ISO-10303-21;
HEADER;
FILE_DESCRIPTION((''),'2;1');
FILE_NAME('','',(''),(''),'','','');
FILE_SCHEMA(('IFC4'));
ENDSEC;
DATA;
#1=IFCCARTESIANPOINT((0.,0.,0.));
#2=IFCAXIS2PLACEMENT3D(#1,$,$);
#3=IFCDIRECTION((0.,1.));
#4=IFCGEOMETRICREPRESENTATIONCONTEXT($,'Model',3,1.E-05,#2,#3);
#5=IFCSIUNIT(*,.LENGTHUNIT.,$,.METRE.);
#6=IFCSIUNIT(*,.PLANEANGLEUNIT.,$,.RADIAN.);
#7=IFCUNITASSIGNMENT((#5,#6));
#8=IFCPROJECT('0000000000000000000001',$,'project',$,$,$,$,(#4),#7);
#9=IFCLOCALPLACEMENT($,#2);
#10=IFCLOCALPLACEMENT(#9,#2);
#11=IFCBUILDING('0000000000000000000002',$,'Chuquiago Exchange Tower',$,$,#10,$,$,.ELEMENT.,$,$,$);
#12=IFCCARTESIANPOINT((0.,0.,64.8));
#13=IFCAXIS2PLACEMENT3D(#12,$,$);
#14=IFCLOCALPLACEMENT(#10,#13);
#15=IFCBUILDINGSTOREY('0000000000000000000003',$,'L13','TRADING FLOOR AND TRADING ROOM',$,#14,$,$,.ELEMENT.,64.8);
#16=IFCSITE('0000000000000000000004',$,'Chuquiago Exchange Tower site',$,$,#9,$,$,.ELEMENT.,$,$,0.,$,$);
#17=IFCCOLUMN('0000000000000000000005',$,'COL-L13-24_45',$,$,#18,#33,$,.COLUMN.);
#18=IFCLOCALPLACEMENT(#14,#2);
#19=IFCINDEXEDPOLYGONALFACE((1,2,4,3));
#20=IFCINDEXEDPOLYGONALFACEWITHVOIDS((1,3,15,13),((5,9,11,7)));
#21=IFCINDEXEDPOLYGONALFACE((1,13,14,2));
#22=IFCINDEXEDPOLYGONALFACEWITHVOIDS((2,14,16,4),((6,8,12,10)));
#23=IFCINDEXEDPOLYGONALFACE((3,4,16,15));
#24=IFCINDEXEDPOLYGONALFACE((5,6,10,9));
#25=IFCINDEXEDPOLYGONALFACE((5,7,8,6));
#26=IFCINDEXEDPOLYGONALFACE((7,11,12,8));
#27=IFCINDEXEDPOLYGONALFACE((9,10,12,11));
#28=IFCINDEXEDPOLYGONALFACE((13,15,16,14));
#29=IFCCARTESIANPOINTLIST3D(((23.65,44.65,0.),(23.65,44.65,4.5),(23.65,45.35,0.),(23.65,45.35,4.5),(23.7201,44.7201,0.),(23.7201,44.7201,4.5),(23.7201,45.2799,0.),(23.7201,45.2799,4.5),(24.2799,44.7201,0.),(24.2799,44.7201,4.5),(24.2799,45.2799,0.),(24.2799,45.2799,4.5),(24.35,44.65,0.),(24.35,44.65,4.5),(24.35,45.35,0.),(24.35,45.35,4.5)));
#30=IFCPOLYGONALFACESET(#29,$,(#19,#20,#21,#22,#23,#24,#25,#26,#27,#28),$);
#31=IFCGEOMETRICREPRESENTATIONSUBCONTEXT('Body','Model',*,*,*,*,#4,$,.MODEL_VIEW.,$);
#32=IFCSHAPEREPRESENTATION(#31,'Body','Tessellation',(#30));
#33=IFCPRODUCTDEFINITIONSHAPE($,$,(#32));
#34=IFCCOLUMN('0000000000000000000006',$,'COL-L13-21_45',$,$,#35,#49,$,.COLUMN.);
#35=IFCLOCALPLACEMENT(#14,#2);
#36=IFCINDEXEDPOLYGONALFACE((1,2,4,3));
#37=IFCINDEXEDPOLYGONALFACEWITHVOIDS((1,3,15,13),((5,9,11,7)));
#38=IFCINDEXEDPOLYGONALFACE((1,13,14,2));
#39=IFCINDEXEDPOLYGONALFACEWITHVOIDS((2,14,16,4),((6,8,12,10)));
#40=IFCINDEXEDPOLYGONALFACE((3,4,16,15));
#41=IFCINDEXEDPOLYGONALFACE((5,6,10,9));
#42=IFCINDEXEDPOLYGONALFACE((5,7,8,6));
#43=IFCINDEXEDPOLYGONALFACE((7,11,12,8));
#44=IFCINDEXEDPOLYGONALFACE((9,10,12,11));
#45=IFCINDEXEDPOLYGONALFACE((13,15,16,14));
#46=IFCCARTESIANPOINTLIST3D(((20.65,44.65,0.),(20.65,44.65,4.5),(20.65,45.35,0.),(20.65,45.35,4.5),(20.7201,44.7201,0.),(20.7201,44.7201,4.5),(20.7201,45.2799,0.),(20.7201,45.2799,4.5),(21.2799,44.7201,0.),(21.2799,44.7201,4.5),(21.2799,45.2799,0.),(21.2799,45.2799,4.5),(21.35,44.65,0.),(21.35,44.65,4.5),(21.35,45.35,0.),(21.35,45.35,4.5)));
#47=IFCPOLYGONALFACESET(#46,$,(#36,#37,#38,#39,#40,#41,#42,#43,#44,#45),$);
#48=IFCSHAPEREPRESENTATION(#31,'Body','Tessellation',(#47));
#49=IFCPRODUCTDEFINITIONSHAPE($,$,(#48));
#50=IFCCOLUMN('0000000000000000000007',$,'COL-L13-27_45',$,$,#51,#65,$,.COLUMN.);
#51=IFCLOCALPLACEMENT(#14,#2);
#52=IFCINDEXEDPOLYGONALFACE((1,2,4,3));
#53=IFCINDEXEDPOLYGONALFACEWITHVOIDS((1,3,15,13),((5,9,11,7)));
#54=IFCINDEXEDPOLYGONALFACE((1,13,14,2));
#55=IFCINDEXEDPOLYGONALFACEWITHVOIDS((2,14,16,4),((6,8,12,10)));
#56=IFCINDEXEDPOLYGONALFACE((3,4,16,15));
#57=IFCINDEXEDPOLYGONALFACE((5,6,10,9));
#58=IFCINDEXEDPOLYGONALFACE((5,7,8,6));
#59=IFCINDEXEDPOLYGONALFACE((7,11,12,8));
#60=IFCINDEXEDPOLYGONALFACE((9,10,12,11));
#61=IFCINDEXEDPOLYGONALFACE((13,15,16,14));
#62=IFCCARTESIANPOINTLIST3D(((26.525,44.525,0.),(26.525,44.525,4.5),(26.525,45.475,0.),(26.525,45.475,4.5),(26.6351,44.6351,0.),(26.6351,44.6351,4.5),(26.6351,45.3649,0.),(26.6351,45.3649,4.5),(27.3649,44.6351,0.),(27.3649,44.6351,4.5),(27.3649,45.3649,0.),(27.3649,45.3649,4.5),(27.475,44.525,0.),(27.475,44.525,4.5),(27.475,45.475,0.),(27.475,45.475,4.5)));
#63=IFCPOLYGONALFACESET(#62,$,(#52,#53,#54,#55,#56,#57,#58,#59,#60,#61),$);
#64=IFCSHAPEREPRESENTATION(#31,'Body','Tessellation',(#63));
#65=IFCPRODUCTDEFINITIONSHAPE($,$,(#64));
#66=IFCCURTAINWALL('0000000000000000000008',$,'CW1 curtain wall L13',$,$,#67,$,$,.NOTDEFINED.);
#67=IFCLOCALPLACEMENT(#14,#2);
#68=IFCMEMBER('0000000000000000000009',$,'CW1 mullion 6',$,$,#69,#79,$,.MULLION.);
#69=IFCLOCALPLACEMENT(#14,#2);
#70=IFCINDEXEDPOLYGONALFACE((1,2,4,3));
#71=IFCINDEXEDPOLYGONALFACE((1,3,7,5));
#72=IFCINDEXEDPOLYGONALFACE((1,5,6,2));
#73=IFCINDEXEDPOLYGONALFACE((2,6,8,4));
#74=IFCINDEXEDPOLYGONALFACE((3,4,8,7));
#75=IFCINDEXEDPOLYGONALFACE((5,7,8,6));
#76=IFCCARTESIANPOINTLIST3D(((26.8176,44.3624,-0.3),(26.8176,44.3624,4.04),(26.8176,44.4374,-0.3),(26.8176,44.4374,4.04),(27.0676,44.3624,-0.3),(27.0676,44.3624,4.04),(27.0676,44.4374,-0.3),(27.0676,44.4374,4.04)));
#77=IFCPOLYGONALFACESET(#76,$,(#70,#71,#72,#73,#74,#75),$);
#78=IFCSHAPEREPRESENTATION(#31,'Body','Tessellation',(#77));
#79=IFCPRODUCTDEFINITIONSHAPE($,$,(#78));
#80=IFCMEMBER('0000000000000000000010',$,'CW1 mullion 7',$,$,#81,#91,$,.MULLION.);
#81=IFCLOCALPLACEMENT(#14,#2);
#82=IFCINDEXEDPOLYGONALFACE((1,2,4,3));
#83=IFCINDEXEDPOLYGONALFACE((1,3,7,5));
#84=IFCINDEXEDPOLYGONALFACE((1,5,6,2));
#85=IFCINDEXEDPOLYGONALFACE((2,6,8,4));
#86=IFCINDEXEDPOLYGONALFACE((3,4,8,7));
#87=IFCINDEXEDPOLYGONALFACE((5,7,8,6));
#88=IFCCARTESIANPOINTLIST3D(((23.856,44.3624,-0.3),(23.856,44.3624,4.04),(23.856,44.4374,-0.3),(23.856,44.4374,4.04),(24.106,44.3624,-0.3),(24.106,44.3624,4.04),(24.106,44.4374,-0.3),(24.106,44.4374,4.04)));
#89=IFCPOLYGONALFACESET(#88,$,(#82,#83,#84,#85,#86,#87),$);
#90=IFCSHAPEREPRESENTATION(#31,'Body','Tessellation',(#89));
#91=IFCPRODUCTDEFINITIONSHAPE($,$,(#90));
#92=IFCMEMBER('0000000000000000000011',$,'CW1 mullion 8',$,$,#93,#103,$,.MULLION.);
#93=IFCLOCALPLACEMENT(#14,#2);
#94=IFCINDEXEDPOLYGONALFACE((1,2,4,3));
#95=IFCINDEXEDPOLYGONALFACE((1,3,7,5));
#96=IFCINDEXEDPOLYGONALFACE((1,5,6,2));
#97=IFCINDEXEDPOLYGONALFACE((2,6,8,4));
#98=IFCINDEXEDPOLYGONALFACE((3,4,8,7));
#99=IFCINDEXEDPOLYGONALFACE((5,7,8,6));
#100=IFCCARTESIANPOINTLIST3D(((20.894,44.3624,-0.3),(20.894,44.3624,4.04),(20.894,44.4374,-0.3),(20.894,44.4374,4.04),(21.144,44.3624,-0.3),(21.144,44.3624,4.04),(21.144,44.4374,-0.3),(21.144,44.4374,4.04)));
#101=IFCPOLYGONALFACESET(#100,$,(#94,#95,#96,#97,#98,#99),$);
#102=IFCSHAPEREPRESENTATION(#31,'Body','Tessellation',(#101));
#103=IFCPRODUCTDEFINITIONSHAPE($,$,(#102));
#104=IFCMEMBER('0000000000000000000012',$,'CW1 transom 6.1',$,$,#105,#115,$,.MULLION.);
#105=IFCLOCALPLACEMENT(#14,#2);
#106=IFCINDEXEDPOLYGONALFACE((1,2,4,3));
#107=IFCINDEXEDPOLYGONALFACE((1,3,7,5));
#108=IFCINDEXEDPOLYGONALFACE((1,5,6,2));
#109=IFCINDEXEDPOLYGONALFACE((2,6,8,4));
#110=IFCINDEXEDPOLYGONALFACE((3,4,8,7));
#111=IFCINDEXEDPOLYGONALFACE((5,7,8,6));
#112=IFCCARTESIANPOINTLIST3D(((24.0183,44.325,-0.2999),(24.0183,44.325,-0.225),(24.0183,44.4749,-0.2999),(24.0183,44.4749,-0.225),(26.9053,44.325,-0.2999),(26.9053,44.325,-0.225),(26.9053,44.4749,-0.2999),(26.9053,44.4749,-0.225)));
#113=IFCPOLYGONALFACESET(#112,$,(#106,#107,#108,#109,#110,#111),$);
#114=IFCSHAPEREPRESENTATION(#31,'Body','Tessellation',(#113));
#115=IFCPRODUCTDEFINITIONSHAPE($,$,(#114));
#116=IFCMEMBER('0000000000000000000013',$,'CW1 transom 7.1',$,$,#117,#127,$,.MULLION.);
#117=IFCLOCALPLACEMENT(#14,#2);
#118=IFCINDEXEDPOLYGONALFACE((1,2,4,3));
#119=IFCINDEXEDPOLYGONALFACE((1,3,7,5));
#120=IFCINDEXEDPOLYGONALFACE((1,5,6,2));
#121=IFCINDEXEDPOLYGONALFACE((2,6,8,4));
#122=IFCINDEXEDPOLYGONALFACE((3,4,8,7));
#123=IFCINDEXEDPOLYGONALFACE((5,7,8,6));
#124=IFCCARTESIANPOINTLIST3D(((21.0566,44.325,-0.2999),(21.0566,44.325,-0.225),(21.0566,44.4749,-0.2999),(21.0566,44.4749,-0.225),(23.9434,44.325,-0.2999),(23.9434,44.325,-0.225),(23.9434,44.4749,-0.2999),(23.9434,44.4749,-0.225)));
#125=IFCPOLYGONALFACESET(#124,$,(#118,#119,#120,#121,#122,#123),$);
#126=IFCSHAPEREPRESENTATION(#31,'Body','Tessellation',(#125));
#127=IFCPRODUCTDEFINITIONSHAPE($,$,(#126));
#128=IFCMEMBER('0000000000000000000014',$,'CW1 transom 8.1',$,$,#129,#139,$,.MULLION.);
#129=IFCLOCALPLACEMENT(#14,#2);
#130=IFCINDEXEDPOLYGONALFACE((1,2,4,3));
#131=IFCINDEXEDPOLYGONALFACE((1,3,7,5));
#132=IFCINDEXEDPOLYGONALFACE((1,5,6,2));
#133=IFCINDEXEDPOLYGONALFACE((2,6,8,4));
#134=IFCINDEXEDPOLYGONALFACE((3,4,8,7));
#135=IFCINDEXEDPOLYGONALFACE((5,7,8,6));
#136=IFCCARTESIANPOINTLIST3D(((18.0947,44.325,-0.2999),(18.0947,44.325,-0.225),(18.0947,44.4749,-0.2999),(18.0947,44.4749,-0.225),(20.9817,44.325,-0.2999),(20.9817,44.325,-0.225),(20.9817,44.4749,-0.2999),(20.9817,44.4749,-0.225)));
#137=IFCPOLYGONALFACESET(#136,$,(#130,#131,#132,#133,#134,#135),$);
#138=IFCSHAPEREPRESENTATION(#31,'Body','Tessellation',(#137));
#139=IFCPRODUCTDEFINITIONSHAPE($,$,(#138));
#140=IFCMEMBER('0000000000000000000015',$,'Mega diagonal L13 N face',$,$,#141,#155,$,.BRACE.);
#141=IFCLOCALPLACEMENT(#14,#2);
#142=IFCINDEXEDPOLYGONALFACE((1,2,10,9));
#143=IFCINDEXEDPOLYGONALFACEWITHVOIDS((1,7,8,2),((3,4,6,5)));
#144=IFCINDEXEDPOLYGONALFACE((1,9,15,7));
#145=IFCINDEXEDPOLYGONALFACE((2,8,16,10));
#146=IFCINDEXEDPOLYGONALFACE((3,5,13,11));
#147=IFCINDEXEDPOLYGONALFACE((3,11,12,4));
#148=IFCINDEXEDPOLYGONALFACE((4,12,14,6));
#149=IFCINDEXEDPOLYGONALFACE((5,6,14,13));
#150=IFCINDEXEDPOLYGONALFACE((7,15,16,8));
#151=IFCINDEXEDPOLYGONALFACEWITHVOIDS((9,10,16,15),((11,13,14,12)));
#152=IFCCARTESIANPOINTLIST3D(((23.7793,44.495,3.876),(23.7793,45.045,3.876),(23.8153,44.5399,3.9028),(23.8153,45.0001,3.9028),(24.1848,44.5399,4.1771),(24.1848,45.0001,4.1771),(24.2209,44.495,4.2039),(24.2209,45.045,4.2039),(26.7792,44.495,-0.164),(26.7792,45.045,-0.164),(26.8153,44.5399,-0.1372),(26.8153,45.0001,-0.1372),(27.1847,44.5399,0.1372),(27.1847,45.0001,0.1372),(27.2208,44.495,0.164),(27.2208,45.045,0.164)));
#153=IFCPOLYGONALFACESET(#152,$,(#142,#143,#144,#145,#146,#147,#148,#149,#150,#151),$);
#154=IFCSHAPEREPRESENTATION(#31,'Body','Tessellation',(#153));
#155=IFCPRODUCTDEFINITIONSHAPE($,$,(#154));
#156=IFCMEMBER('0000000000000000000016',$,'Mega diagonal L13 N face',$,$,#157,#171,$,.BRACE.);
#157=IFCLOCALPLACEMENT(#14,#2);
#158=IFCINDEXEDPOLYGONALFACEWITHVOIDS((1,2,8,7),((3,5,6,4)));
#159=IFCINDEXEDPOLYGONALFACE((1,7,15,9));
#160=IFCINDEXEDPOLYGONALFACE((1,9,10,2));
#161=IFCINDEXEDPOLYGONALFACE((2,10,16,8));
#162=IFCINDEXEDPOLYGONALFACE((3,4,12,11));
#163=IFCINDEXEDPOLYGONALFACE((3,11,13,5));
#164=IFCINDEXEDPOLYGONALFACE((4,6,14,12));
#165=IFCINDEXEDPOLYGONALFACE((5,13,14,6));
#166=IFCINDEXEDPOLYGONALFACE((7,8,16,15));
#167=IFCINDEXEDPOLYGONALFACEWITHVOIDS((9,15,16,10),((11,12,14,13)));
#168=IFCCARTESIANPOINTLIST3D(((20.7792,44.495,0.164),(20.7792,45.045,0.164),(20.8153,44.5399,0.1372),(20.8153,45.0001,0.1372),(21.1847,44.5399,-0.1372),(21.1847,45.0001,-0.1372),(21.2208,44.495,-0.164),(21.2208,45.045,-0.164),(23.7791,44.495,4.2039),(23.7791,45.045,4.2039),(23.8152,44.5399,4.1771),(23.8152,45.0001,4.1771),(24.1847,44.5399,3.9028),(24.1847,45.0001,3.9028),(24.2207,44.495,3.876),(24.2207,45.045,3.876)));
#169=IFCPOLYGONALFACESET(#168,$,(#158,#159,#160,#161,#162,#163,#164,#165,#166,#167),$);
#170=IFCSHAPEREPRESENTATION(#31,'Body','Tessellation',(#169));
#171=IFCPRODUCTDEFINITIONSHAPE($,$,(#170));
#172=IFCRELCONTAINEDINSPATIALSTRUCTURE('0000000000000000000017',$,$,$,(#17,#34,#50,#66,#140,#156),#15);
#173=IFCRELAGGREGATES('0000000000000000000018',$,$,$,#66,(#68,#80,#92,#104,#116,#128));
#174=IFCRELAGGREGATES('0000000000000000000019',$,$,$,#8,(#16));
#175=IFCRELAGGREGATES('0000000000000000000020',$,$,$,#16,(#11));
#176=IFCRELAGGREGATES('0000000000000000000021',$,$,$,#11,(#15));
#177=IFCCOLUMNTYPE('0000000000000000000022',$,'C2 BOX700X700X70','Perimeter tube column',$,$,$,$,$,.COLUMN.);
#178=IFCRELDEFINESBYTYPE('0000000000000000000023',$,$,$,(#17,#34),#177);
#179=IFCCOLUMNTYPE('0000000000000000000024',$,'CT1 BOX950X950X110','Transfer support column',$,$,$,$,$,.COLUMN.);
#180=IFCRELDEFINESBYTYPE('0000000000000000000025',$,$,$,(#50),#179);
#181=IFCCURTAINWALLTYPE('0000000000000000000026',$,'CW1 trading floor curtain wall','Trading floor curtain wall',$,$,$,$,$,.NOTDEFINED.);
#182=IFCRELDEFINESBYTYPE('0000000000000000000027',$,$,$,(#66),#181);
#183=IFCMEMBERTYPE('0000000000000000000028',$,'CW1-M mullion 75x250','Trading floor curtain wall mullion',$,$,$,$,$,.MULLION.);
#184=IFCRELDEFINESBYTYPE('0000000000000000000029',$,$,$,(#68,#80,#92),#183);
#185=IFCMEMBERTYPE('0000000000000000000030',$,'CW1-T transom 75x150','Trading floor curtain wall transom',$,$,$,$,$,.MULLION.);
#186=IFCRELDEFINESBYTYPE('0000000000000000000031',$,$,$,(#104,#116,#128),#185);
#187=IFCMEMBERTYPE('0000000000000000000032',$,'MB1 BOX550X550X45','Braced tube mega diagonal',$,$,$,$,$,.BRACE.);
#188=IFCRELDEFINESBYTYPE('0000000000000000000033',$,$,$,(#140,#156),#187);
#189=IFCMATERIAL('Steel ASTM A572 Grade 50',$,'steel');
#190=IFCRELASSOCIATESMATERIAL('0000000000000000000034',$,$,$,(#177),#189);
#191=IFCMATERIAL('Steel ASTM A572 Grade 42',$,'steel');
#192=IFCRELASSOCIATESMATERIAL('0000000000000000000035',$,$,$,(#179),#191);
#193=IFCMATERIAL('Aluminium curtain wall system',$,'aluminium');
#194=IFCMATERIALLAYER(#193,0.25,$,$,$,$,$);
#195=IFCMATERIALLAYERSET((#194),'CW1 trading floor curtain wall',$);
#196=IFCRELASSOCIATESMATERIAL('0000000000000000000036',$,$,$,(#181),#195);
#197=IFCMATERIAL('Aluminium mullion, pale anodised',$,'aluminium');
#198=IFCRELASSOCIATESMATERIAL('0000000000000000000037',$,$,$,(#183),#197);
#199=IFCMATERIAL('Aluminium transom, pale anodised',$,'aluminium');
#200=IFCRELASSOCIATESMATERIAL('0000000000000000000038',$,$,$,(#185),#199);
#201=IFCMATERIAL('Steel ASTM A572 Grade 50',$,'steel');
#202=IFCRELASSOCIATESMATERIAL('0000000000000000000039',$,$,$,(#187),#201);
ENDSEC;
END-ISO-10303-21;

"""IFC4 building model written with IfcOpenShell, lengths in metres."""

from ifc_helpers import new_model, si_unit, direction, frame, origin, origin_2d, place, context, subcontext, project, spatial, rectangle, hollow_rectangle, extrude, material, layer, layer_set, material_profile, profile_set, type_object, element, aggregate, save


model = new_model("IFC4")

# Units and contexts
model_context = context("Model", 3, precision=1e-05, world=origin(), true_north=direction((0.0, 1.0)))
body_context = subcontext(model_context, "Body", "Model", "MODEL_VIEW")
ifc_project = project(units=[si_unit("LENGTHUNIT", "METRE"), si_unit("PLANEANGLEUNIT", "RADIAN")], contexts=[model_context])

# Site, building, storey
site_placement = place(None, origin())
site = spatial("IfcSite", under=ifc_project, at=site_placement, Name="Chuquiago Exchange Tower site", CompositionType="ELEMENT", RefElevation=0.0)
building_placement = place(site_placement, origin())
building = spatial("IfcBuilding", under=site, at=building_placement, Name="Chuquiago Exchange Tower", CompositionType="ELEMENT")
storey_placement = place(building_placement, frame((0.0, 0.0, 64.8)))
storey = spatial("IfcBuildingStorey", under=building, at=storey_placement, Name="L13", Description="TRADING FLOOR AND TRADING ROOM", CompositionType="ELEMENT", Elevation=64.8)

# Columns
ifc_material_1 = material(Name="Steel ASTM A572 Grade 50", Category="steel")
ifc_material_profile_1 = material_profile(ifc_material_1, hollow_rectangle(XDim=0.7, YDim=0.7, WallThickness=0.0701, at=origin_2d()), Name="BOX700X700X70")
ifc_profile_set_1 = profile_set([ifc_material_profile_1], Name="Steel ASTM A572 Grade 50")
column_type_1 = type_object("IfcColumnType", Name="C2 BOX700X700X70", Description="Perimeter tube column", PredefinedType="COLUMN", material=ifc_profile_set_1)
for number, where, z_axis, x_axis, name in (
    (1, (24.0, 45.0, 0.0), (0.0, 0.0, 1.0), (0.0, 1.0, 0.0), "COL-L13-24_45"),
    (2, (21.0, 45.0, 0.0), (0.0, 0.0, 1.0), (0.0, 1.0, 0.0), "COL-L13-21_45"),
):
    element("IfcColumn", number, at=place(storey_placement, frame(where, z_axis=z_axis, x_axis=x_axis)), inside=storey, type_object=column_type_1, Name=name, PredefinedType="COLUMN", context=body_context, shape_type="SweptSolid", body=[
        extrude(hollow_rectangle(XDim=0.7, YDim=0.7, WallThickness=0.0701, at=origin_2d()), origin(), (0.0, 0.0, 1.0), 4.5),
    ])
ifc_material_2 = material(Name="Steel ASTM A572 Grade 42", Category="steel")
ifc_material_profile_2 = material_profile(ifc_material_2, hollow_rectangle(XDim=0.95, YDim=0.95, WallThickness=0.1101, at=origin_2d()), Name="BOX950X950X110")
ifc_profile_set_2 = profile_set([ifc_material_profile_2], Name="Steel ASTM A572 Grade 42")
column_type_2 = type_object("IfcColumnType", Name="CT1 BOX950X950X110", Description="Transfer support column", PredefinedType="COLUMN", material=ifc_profile_set_2)
column_placement = place(storey_placement, frame((27.0, 45.0, 0.0), z_axis=(0.0, 0.0, 1.0), x_axis=(0.0, 1.0, 0.0)))
element("IfcColumn", 3, at=column_placement, inside=storey, type_object=column_type_2, Name="COL-L13-27_45", PredefinedType="COLUMN", context=body_context, shape_type="SweptSolid", body=[
    extrude(hollow_rectangle(XDim=0.95, YDim=0.95, WallThickness=0.1101, at=origin_2d()), origin(), (0.0, 0.0, 1.0), 4.5),
])

# Curtain wall, members
ifc_material_3 = material(Name="Aluminium curtain wall system", Category="aluminium")
ifc_layer_1 = layer(ifc_material_3, 0.25)
ifc_layer_set_1 = layer_set([ifc_layer_1], Name="CW1 trading floor curtain wall")
curtain_wall_type = type_object("IfcCurtainWallType", Name="CW1 trading floor curtain wall", Description="Trading floor curtain wall", PredefinedType="NOTDEFINED", material=ifc_layer_set_1)
curtain_wall_placement = place(storey_placement, origin())
curtain_wall = element("IfcCurtainWall", 4, at=curtain_wall_placement, inside=storey, type_object=curtain_wall_type, Name="CW1 curtain wall L13", PredefinedType="NOTDEFINED")
ifc_material_4 = material(Name="Aluminium mullion, pale anodised", Category="aluminium")
ifc_material_profile_3 = material_profile(ifc_material_4, rectangle(XDim=0.075, YDim=0.25, at=origin_2d()), Name="AL 75x250")
ifc_profile_set_3 = profile_set([ifc_material_profile_3], Name="Aluminium mullion, pale anodised")
member_type_1 = type_object("IfcMemberType", Name="CW1-M mullion 75x250", Description="Trading floor curtain wall mullion", PredefinedType="MULLION", material=ifc_profile_set_3)
member_1_placement = place(storey_placement, frame((26.9426, 44.3999, -0.3), z_axis=(0.0, 0.0, 1.0), x_axis=(0.0, -1.0, 0.0)))
member_1 = element("IfcMember", 5, at=member_1_placement, type_object=member_type_1, Name="CW1 mullion 6", PredefinedType="MULLION", context=body_context, shape_type="SweptSolid", body=[
    extrude(rectangle(XDim=0.075, YDim=0.25, at=origin_2d()), origin(), (0.0, 0.0, 1.0), 4.3401),
])
member_2_placement = place(storey_placement, frame((23.981, 44.3999, -0.3), z_axis=(0.0, 0.0, 1.0), x_axis=(0.0, -1.0, 0.0)))
member_2 = element("IfcMember", 6, at=member_2_placement, type_object=member_type_1, Name="CW1 mullion 7", PredefinedType="MULLION", context=body_context, shape_type="SweptSolid", body=[
    extrude(rectangle(XDim=0.075, YDim=0.25, at=origin_2d()), origin(), (0.0, 0.0, 1.0), 4.3401),
])
member_3_placement = place(storey_placement, frame((21.019, 44.3999, -0.3), z_axis=(0.0, 0.0, 1.0), x_axis=(0.0, -1.0, 0.0)))
member_3 = element("IfcMember", 7, at=member_3_placement, type_object=member_type_1, Name="CW1 mullion 8", PredefinedType="MULLION", context=body_context, shape_type="SweptSolid", body=[
    extrude(rectangle(XDim=0.075, YDim=0.25, at=origin_2d()), origin(), (0.0, 0.0, 1.0), 4.3401),
])
ifc_material_5 = material(Name="Aluminium transom, pale anodised", Category="aluminium")
ifc_material_profile_4 = material_profile(ifc_material_5, rectangle(XDim=0.1499, YDim=0.075, at=origin_2d()), Name="AL 150x75")
ifc_profile_set_4 = profile_set([ifc_material_profile_4], Name="Aluminium transom, pale anodised")
member_type_2 = type_object("IfcMemberType", Name="CW1-T transom 75x150", Description="Trading floor curtain wall transom", PredefinedType="MULLION", material=ifc_profile_set_4)
member_4_placement = place(storey_placement, frame((26.9053, 44.3999, -0.2625), z_axis=(-1.0, 0.0, 0.0), x_axis=(0.0, -1.0, 0.0)))
member_4 = element("IfcMember", 8, at=member_4_placement, type_object=member_type_2, Name="CW1 transom 6.1", PredefinedType="MULLION", context=body_context, shape_type="SweptSolid", body=[
    extrude(rectangle(XDim=0.1499, YDim=0.075, at=origin_2d()), origin(), (0.0, 0.0, 1.0), 2.887),
])
member_5_placement = place(storey_placement, frame((23.9434, 44.3999, -0.2625), z_axis=(-1.0, 0.0, 0.0), x_axis=(0.0, -1.0, 0.0)))
member_5 = element("IfcMember", 9, at=member_5_placement, type_object=member_type_2, Name="CW1 transom 7.1", PredefinedType="MULLION", context=body_context, shape_type="SweptSolid", body=[
    extrude(rectangle(XDim=0.1499, YDim=0.075, at=origin_2d()), origin(), (0.0, 0.0, 1.0), 2.8867),
])
member_6_placement = place(storey_placement, frame((20.9817, 44.3999, -0.2625), z_axis=(-1.0, 0.0, 0.0), x_axis=(0.0, -1.0, 0.0)))
member_6 = element("IfcMember", 10, at=member_6_placement, type_object=member_type_2, Name="CW1 transom 8.1", PredefinedType="MULLION", context=body_context, shape_type="SweptSolid", body=[
    extrude(rectangle(XDim=0.1499, YDim=0.075, at=origin_2d()), origin(), (0.0, 0.0, 1.0), 2.887),
])

# Members
ifc_material_6 = material(Name="Steel ASTM A572 Grade 50", Category="steel")
ifc_material_profile_5 = material_profile(ifc_material_6, hollow_rectangle(XDim=0.55, YDim=0.55, WallThickness=0.0449, at=origin_2d()), Name="BOX550X550X45")
ifc_profile_set_5 = profile_set([ifc_material_profile_5], Name="Steel ASTM A572 Grade 50")
member_type_3 = type_object("IfcMemberType", Name="MB1 BOX550X550X45", Description="Braced tube mega diagonal", PredefinedType="BRACE", material=ifc_profile_set_5)
for number, where, z_axis, x_axis, name in (
    (11, (27.0, 44.77, 0.0), (-0.596174, 0.0, 0.802855), (0.0, -1.0, 0.0), "Mega diagonal L13 N face"),
    (12, (21.0, 44.77, 0.0), (0.596174, 0.0, 0.802855), (0.0, 1.0, 0.0), "Mega diagonal L13 N face"),
):
    element("IfcMember", number, at=place(storey_placement, frame(where, z_axis=z_axis, x_axis=x_axis)), inside=storey, type_object=member_type_3, Name=name, PredefinedType="BRACE", context=body_context, shape_type="SweptSolid", body=[
        extrude(hollow_rectangle(XDim=0.55, YDim=0.55, WallThickness=0.0449, at=origin_2d()), origin(), (0.0, 0.0, 1.0), 5.032),
    ])

aggregate(curtain_wall, [member_1, member_2, member_3, member_4, member_5, member_6])

save(model, "model.ifc")
